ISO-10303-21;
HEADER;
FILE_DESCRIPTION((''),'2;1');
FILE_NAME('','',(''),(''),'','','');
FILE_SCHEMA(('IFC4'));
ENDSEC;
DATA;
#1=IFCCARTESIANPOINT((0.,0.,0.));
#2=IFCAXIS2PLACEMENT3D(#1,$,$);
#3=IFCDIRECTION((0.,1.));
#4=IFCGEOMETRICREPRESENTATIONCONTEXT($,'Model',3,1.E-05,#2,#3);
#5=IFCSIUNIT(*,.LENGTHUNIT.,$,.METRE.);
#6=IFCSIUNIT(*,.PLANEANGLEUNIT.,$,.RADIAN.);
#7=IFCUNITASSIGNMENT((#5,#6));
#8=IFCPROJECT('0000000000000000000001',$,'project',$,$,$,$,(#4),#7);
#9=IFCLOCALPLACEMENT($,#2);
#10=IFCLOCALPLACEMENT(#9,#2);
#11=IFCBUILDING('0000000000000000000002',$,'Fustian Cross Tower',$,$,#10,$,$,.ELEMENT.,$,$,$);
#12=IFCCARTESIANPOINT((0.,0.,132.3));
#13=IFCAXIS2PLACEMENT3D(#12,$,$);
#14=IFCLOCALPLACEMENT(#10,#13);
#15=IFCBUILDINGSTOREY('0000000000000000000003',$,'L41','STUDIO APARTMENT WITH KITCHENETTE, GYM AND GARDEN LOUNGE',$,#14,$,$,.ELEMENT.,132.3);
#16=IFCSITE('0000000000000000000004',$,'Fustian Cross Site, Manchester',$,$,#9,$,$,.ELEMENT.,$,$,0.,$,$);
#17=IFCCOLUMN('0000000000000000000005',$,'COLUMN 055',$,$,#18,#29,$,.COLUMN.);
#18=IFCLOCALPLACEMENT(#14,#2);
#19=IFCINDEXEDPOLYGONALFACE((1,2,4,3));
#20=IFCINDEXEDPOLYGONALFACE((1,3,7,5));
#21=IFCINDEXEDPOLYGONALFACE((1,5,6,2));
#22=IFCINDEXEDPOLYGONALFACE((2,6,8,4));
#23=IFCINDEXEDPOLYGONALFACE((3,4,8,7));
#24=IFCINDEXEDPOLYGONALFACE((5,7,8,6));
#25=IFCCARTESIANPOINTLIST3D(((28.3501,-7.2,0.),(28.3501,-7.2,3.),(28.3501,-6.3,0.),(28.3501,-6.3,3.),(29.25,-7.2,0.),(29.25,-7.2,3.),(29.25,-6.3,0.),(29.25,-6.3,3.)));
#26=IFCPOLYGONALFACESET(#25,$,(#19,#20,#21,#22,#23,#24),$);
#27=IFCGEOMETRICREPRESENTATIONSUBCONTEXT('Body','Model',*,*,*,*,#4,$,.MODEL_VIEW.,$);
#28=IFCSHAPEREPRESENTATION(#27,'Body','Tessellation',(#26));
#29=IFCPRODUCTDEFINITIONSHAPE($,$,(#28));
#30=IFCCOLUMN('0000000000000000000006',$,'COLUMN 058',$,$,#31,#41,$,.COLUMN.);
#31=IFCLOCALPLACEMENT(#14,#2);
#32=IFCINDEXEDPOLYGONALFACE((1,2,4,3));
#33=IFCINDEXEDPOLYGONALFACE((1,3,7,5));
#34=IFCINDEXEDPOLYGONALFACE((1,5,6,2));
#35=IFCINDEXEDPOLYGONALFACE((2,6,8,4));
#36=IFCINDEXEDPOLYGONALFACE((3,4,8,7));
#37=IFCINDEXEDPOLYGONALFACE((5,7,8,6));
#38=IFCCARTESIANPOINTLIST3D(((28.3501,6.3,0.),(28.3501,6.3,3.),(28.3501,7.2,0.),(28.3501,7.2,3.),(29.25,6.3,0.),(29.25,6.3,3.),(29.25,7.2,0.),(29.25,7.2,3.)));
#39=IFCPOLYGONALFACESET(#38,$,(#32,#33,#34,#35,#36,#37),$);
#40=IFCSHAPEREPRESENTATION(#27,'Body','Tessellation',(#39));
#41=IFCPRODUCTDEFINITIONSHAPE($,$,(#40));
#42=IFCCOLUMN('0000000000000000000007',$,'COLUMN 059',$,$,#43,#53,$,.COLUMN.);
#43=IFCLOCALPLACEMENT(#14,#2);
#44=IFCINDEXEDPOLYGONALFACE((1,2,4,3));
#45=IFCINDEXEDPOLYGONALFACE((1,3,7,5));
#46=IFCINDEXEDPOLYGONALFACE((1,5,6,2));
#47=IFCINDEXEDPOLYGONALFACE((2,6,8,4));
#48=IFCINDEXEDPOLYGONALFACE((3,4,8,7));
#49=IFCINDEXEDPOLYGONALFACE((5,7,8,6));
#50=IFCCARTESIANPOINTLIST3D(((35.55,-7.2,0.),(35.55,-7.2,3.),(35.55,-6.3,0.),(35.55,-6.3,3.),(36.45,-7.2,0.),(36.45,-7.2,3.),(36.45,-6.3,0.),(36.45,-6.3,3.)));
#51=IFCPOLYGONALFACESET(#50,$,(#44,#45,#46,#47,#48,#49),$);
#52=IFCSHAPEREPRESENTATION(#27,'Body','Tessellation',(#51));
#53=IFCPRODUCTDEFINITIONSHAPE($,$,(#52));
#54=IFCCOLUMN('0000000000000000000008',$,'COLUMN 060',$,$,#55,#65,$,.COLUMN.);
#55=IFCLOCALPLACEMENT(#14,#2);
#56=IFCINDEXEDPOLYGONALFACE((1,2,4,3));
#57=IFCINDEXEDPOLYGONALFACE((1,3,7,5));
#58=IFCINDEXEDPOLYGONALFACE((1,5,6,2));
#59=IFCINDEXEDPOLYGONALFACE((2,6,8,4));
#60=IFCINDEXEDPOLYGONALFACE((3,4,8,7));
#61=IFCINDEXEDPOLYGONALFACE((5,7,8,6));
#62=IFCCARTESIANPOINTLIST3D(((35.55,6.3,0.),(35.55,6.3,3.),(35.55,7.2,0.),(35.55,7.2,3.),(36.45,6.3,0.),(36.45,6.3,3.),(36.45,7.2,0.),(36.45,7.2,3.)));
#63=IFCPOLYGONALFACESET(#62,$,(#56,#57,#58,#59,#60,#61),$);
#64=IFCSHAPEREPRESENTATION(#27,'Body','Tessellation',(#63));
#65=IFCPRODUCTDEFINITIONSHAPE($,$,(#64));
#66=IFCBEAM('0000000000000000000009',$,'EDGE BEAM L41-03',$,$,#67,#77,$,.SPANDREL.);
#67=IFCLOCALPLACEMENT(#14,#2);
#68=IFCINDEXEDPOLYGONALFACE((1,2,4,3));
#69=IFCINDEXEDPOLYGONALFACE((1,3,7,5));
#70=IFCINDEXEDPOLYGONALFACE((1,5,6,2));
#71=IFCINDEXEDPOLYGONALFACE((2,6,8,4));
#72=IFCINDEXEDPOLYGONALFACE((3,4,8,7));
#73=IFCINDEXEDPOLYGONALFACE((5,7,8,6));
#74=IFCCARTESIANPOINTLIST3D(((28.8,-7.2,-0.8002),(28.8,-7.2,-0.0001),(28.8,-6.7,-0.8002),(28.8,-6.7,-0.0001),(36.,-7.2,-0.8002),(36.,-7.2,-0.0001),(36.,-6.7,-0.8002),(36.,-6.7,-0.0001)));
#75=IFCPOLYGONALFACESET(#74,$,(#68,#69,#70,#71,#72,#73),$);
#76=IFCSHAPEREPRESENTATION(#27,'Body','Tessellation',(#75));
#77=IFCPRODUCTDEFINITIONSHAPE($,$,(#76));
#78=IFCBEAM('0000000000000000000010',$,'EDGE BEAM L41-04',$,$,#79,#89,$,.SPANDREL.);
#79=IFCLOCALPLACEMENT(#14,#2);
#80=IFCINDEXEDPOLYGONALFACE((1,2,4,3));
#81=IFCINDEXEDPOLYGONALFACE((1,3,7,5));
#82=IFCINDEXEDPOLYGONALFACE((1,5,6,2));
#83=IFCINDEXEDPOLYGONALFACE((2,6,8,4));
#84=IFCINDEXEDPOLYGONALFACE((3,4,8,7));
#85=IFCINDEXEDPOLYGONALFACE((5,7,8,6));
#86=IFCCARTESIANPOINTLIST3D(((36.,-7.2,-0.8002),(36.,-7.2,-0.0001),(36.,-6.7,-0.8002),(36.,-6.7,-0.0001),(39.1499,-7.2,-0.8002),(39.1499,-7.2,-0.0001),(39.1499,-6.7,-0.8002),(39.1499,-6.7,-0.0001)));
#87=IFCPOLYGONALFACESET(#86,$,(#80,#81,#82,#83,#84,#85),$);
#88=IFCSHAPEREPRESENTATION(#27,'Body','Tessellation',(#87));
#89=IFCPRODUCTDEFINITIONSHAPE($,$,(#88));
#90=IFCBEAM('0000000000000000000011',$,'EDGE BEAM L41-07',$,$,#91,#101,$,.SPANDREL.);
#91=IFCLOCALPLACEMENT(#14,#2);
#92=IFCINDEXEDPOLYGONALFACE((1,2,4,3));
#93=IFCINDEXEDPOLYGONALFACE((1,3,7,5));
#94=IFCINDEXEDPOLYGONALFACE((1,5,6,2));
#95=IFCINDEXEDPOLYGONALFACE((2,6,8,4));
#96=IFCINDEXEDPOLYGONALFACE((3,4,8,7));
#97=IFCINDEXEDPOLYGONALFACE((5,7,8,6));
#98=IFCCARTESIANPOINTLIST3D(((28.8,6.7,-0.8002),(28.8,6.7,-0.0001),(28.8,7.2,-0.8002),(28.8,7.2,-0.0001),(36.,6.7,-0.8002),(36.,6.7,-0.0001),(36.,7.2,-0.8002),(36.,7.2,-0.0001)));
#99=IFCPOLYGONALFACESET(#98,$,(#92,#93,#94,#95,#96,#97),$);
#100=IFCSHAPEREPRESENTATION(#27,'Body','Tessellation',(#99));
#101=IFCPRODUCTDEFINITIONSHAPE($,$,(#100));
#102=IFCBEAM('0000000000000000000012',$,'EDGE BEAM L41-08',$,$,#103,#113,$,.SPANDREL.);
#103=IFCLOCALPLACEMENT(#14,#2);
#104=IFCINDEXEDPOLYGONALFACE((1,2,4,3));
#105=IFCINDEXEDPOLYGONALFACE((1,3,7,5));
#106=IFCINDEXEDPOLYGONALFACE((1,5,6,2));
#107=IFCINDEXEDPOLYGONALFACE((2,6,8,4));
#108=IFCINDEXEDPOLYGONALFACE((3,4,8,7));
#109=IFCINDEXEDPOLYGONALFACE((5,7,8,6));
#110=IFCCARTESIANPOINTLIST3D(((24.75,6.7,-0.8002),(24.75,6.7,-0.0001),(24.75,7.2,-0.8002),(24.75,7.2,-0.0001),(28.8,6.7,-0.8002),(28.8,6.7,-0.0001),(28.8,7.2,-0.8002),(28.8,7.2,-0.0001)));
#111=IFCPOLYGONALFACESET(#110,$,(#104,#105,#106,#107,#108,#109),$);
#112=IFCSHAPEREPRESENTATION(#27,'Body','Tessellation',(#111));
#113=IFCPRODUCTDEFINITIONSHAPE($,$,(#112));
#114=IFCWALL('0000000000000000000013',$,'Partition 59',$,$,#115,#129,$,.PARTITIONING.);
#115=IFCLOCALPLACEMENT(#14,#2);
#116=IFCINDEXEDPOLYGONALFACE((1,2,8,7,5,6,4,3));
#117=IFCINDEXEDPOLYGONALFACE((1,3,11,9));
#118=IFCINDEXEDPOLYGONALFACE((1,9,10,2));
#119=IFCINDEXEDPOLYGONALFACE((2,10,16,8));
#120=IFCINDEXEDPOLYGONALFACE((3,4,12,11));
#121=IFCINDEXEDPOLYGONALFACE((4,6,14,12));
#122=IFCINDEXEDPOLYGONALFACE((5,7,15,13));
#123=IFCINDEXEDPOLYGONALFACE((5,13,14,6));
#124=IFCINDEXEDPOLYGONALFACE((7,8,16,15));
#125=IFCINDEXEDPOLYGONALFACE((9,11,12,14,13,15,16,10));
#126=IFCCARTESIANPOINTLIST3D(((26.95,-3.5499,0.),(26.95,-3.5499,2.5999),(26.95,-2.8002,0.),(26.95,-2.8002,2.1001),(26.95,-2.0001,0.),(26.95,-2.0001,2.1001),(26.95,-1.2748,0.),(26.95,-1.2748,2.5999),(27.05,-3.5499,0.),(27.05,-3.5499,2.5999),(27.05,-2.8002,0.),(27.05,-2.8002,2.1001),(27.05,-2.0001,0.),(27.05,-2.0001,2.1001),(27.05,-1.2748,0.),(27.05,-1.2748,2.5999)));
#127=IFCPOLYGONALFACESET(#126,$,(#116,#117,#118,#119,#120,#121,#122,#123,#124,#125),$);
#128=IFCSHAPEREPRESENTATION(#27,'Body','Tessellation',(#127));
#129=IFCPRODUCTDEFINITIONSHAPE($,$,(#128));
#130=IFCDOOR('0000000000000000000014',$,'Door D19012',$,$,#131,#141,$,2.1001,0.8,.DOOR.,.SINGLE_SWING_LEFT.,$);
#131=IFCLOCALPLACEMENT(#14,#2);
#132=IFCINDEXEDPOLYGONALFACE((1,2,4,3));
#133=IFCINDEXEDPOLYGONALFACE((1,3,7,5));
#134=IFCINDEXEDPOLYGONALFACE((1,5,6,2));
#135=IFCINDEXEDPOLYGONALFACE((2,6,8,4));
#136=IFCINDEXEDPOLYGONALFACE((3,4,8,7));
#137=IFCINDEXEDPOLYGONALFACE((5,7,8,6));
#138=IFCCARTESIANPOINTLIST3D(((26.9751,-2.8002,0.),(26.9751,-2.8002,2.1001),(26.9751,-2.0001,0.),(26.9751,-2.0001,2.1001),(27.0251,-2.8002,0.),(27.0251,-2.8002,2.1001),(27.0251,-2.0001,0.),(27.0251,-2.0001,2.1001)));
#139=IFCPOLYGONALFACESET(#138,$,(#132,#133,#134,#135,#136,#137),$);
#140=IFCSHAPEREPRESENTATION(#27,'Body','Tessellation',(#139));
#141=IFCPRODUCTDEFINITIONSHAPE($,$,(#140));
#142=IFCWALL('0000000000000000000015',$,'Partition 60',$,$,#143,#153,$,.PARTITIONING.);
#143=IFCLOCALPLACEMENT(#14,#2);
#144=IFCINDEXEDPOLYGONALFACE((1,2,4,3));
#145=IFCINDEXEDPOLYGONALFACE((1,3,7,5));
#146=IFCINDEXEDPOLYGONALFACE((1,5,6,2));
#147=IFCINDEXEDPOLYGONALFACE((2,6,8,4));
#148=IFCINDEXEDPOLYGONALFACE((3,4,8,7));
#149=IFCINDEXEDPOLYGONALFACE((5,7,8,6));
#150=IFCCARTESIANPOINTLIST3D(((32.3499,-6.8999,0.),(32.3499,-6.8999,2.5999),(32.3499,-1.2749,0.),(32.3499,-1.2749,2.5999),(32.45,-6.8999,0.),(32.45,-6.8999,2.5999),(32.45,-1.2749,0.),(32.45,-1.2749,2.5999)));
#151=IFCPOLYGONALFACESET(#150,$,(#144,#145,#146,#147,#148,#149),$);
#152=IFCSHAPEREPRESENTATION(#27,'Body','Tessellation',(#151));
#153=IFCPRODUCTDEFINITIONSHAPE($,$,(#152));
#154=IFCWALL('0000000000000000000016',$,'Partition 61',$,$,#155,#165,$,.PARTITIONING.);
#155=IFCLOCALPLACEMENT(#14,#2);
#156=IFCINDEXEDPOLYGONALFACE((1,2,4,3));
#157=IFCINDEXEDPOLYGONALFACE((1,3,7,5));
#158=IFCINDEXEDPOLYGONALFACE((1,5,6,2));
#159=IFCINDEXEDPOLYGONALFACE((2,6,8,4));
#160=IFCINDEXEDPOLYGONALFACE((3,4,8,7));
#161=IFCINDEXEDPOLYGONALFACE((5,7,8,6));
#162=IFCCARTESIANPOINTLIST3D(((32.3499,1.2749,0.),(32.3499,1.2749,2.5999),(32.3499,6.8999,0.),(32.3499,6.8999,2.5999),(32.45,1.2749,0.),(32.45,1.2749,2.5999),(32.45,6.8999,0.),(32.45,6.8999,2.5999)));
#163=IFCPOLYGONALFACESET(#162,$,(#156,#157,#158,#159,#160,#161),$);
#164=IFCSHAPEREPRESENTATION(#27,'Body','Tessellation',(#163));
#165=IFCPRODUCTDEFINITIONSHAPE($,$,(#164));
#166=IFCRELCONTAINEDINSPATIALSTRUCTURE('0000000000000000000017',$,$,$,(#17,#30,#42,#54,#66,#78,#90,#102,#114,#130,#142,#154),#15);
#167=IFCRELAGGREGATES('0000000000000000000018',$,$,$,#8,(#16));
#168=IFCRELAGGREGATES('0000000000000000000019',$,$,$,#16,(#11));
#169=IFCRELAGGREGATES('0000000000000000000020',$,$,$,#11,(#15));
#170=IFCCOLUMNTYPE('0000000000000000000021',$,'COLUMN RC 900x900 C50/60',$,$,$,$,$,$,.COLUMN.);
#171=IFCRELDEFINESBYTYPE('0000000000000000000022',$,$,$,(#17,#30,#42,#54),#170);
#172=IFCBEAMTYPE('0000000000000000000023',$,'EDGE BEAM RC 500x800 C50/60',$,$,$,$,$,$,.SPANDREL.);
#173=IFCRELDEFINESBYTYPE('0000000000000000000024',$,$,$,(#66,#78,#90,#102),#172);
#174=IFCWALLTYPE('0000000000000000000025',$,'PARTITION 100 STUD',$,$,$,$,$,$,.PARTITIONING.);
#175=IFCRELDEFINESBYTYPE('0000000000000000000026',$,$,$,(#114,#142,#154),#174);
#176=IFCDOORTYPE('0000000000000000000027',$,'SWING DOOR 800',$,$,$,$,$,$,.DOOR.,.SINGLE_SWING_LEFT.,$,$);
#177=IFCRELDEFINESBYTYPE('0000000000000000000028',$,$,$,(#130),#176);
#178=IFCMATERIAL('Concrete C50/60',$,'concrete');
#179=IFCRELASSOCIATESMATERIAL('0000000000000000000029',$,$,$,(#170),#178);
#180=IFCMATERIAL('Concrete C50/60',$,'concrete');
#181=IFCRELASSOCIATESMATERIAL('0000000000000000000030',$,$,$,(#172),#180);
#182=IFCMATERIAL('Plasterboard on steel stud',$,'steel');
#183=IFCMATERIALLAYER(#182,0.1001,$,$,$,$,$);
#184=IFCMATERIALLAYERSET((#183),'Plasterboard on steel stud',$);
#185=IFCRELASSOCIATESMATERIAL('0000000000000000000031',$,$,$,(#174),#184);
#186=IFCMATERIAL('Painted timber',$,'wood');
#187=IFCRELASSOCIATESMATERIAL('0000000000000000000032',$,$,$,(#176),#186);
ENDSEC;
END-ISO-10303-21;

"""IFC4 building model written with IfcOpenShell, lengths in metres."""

from ifc_helpers import new_model, si_unit, direction, frame, frame_2d, origin, origin_2d, place, context, subcontext, project, spatial, rectangle, extrude, material, layer, layer_set, material_profile, profile_set, type_object, element, fill, save


model = new_model("IFC4")

# Units and contexts
model_context = context("Model", 3, precision=1e-05, world=origin(), true_north=direction((0.0, 1.0)))
body_context = subcontext(model_context, "Body", "Model", "MODEL_VIEW")
ifc_project = project(units=[si_unit("LENGTHUNIT", "METRE"), si_unit("PLANEANGLEUNIT", "RADIAN")], contexts=[model_context])

# Site, building, storey
site_placement = place(None, origin())
site = spatial("IfcSite", under=ifc_project, at=site_placement, Name="Fustian Cross Site, Manchester", CompositionType="ELEMENT", RefElevation=0.0)
building_placement = place(site_placement, origin())
building = spatial("IfcBuilding", under=site, at=building_placement, Name="Fustian Cross Tower", CompositionType="ELEMENT")
storey_placement = place(building_placement, frame((0.0, 0.0, 132.3)))
storey = spatial("IfcBuildingStorey", under=building, at=storey_placement, Name="L41", Description="STUDIO APARTMENT WITH KITCHENETTE, GYM AND GARDEN LOUNGE", CompositionType="ELEMENT", Elevation=132.3)

# Columns
ifc_material_1 = material(Name="Concrete C50/60", Category="concrete")
ifc_material_profile_1 = material_profile(ifc_material_1, rectangle(XDim=0.8999, YDim=0.8999, at=origin_2d()), Name="RC 900x900")
ifc_profile_set_1 = profile_set([ifc_material_profile_1], Name="Concrete C50/60")
column_type = type_object("IfcColumnType", Name="COLUMN RC 900x900 C50/60", PredefinedType="COLUMN", material=ifc_profile_set_1)
for number, where, z_axis, x_axis, name in (
    (1, (28.8, -6.75, 0.0), (0.0, 0.0, 1.0), (1.0, 0.0, 0.0), "COLUMN 055"),
    (2, (28.8, 6.75, 0.0), (0.0, 0.0, 1.0), (1.0, 0.0, 0.0), "COLUMN 058"),
    (3, (36.0, -6.75, 0.0), (0.0, 0.0, 1.0), (1.0, 0.0, 0.0), "COLUMN 059"),
    (4, (36.0, 6.75, 0.0), (0.0, 0.0, 1.0), (1.0, 0.0, 0.0), "COLUMN 060"),
):
    element("IfcColumn", number, at=place(storey_placement, frame(where, z_axis=z_axis, x_axis=x_axis)), inside=storey, type_object=column_type, Name=name, PredefinedType="COLUMN", context=body_context, shape_type="SweptSolid", body=[
        extrude(rectangle(XDim=0.8999, YDim=0.8999, at=origin_2d()), origin(), (0.0, 0.0, 1.0), 3.0),
    ])

# Beams
ifc_material_2 = material(Name="Concrete C50/60", Category="concrete")
ifc_material_profile_2 = material_profile(ifc_material_2, rectangle(XDim=0.5, YDim=0.8, at=origin_2d()), Name="RC 500x800")
ifc_profile_set_2 = profile_set([ifc_material_profile_2], Name="Concrete C50/60")
beam_type = type_object("IfcBeamType", Name="EDGE BEAM RC 500x800 C50/60", PredefinedType="SPANDREL", material=ifc_profile_set_2)
beam_1_placement = place(storey_placement, frame((28.8, -6.95, -0.4001), z_axis=(1.0, 0.0, 0.0), x_axis=(0.0, 1.0, 0.0)))
element("IfcBeam", 5, at=beam_1_placement, inside=storey, type_object=beam_type, Name="EDGE BEAM L41-03", PredefinedType="SPANDREL", context=body_context, shape_type="SweptSolid", body=[
    extrude(rectangle(XDim=0.5, YDim=0.8, at=origin_2d()), origin(), (0.0, 0.0, 1.0), 7.2),
])
beam_2_placement = place(storey_placement, frame((36.0, -6.95, -0.4001), z_axis=(1.0, 0.0, 0.0), x_axis=(0.0, 1.0, 0.0)))
element("IfcBeam", 6, at=beam_2_placement, inside=storey, type_object=beam_type, Name="EDGE BEAM L41-04", PredefinedType="SPANDREL", context=body_context, shape_type="SweptSolid", body=[
    extrude(rectangle(XDim=0.5, YDim=0.8, at=origin_2d()), origin(), (0.0, 0.0, 1.0), 3.1499),
])
beam_3_placement = place(storey_placement, frame((36.0, 6.95, -0.4001), z_axis=(-1.0, 0.0, 0.0), x_axis=(0.0, -1.0, 0.0)))
element("IfcBeam", 7, at=beam_3_placement, inside=storey, type_object=beam_type, Name="EDGE BEAM L41-07", PredefinedType="SPANDREL", context=body_context, shape_type="SweptSolid", body=[
    extrude(rectangle(XDim=0.5, YDim=0.8, at=origin_2d()), origin(), (0.0, 0.0, 1.0), 7.2),
])
beam_4_placement = place(storey_placement, frame((28.8, 6.95, -0.4001), z_axis=(-1.0, 0.0, 0.0), x_axis=(0.0, -1.0, 0.0)))
element("IfcBeam", 8, at=beam_4_placement, inside=storey, type_object=beam_type, Name="EDGE BEAM L41-08", PredefinedType="SPANDREL", context=body_context, shape_type="SweptSolid", body=[
    extrude(rectangle(XDim=0.5, YDim=0.8, at=origin_2d()), origin(), (0.0, 0.0, 1.0), 4.05),
])

# Wall, opening, door
ifc_material_3 = material(Name="Plasterboard on steel stud", Category="steel")
ifc_layer_1 = layer(ifc_material_3, 0.1001)
ifc_layer_set_1 = layer_set([ifc_layer_1], Name="Plasterboard on steel stud")
wall_type_1 = type_object("IfcWallType", Name="PARTITION 100 STUD", PredefinedType="PARTITIONING", material=ifc_layer_set_1)
wall_1_placement = place(storey_placement, frame((27.0, -3.55, 0.0), z_axis=(0.0, 0.0, 1.0), x_axis=(0.0, 1.0, 0.0)))
wall_1 = element("IfcWall", 9, at=wall_1_placement, inside=storey, type_object=wall_type_1, Name="Partition 59", PredefinedType="PARTITIONING", context=body_context, shape_type="SweptSolid", body=[
    extrude(rectangle(XDim=2.2751, YDim=0.1001, at=frame_2d((1.1377, 0.0))), origin(), (0.0, 0.0, 1.0), 2.5999),
])
opening_1_placement = place(wall_1_placement, frame((0.75, 0.0, 0.0)))
opening_1 = element("IfcOpeningElement", 10, at=opening_1_placement, cuts=wall_1, PredefinedType="OPENING", context=body_context, shape_type="SweptSolid", body=[
    extrude(rectangle(XDim=0.8, YDim=2.1001, at=frame_2d((0.3999, 1.05))), frame((0.0, 0.0601, 0.0), z_axis=(0.0, -1.0, 0.0), x_axis=(1.0, 0.0, 0.0)), (0.0, 0.0, 1.0), 0.1201),
])
ifc_material_4 = material(Name="Painted timber", Category="wood")
door_type_1 = type_object("IfcDoorType", Name="SWING DOOR 800", OperationType="SINGLE_SWING_LEFT", PredefinedType="DOOR", material=ifc_material_4)
door_1_placement = place(opening_1_placement, origin())
door_1 = element("IfcDoor", 11, at=door_1_placement, inside=storey, type_object=door_type_1, Name="Door D19012", OperationType="SINGLE_SWING_LEFT", OverallHeight=2.1001, OverallWidth=0.8, PredefinedType="DOOR", context=body_context, shape_type="SweptSolid", body=[
    extrude(rectangle(XDim=0.8, YDim=2.1001, at=frame_2d((0.3999, 1.05))), frame((0.0, 0.0249, 0.0), z_axis=(0.0, -1.0, 0.0), x_axis=(1.0, 0.0, 0.0)), (0.0, 0.0, 1.0), 0.05),
])
fill(opening_1, door_1)

# Walls
for number, where, z_axis, x_axis, name in (
    (12, (32.3999, -6.8999, 0.0), (0.0, 0.0, 1.0), (0.0, 1.0, 0.0), "Partition 60"),
    (13, (32.3999, 1.2749, 0.0), (0.0, 0.0, 1.0), (0.0, 1.0, 0.0), "Partition 61"),
):
    element("IfcWall", number, at=place(storey_placement, frame(where, z_axis=z_axis, x_axis=x_axis)), inside=storey, type_object=wall_type_1, Name=name, PredefinedType="PARTITIONING", context=body_context, shape_type="SweptSolid", body=[
        extrude(rectangle(XDim=5.625, YDim=0.1001, at=frame_2d((2.8125, 0.0))), origin(), (0.0, 0.0, 1.0), 2.5999),
    ])

save(model, "model.ifc")
